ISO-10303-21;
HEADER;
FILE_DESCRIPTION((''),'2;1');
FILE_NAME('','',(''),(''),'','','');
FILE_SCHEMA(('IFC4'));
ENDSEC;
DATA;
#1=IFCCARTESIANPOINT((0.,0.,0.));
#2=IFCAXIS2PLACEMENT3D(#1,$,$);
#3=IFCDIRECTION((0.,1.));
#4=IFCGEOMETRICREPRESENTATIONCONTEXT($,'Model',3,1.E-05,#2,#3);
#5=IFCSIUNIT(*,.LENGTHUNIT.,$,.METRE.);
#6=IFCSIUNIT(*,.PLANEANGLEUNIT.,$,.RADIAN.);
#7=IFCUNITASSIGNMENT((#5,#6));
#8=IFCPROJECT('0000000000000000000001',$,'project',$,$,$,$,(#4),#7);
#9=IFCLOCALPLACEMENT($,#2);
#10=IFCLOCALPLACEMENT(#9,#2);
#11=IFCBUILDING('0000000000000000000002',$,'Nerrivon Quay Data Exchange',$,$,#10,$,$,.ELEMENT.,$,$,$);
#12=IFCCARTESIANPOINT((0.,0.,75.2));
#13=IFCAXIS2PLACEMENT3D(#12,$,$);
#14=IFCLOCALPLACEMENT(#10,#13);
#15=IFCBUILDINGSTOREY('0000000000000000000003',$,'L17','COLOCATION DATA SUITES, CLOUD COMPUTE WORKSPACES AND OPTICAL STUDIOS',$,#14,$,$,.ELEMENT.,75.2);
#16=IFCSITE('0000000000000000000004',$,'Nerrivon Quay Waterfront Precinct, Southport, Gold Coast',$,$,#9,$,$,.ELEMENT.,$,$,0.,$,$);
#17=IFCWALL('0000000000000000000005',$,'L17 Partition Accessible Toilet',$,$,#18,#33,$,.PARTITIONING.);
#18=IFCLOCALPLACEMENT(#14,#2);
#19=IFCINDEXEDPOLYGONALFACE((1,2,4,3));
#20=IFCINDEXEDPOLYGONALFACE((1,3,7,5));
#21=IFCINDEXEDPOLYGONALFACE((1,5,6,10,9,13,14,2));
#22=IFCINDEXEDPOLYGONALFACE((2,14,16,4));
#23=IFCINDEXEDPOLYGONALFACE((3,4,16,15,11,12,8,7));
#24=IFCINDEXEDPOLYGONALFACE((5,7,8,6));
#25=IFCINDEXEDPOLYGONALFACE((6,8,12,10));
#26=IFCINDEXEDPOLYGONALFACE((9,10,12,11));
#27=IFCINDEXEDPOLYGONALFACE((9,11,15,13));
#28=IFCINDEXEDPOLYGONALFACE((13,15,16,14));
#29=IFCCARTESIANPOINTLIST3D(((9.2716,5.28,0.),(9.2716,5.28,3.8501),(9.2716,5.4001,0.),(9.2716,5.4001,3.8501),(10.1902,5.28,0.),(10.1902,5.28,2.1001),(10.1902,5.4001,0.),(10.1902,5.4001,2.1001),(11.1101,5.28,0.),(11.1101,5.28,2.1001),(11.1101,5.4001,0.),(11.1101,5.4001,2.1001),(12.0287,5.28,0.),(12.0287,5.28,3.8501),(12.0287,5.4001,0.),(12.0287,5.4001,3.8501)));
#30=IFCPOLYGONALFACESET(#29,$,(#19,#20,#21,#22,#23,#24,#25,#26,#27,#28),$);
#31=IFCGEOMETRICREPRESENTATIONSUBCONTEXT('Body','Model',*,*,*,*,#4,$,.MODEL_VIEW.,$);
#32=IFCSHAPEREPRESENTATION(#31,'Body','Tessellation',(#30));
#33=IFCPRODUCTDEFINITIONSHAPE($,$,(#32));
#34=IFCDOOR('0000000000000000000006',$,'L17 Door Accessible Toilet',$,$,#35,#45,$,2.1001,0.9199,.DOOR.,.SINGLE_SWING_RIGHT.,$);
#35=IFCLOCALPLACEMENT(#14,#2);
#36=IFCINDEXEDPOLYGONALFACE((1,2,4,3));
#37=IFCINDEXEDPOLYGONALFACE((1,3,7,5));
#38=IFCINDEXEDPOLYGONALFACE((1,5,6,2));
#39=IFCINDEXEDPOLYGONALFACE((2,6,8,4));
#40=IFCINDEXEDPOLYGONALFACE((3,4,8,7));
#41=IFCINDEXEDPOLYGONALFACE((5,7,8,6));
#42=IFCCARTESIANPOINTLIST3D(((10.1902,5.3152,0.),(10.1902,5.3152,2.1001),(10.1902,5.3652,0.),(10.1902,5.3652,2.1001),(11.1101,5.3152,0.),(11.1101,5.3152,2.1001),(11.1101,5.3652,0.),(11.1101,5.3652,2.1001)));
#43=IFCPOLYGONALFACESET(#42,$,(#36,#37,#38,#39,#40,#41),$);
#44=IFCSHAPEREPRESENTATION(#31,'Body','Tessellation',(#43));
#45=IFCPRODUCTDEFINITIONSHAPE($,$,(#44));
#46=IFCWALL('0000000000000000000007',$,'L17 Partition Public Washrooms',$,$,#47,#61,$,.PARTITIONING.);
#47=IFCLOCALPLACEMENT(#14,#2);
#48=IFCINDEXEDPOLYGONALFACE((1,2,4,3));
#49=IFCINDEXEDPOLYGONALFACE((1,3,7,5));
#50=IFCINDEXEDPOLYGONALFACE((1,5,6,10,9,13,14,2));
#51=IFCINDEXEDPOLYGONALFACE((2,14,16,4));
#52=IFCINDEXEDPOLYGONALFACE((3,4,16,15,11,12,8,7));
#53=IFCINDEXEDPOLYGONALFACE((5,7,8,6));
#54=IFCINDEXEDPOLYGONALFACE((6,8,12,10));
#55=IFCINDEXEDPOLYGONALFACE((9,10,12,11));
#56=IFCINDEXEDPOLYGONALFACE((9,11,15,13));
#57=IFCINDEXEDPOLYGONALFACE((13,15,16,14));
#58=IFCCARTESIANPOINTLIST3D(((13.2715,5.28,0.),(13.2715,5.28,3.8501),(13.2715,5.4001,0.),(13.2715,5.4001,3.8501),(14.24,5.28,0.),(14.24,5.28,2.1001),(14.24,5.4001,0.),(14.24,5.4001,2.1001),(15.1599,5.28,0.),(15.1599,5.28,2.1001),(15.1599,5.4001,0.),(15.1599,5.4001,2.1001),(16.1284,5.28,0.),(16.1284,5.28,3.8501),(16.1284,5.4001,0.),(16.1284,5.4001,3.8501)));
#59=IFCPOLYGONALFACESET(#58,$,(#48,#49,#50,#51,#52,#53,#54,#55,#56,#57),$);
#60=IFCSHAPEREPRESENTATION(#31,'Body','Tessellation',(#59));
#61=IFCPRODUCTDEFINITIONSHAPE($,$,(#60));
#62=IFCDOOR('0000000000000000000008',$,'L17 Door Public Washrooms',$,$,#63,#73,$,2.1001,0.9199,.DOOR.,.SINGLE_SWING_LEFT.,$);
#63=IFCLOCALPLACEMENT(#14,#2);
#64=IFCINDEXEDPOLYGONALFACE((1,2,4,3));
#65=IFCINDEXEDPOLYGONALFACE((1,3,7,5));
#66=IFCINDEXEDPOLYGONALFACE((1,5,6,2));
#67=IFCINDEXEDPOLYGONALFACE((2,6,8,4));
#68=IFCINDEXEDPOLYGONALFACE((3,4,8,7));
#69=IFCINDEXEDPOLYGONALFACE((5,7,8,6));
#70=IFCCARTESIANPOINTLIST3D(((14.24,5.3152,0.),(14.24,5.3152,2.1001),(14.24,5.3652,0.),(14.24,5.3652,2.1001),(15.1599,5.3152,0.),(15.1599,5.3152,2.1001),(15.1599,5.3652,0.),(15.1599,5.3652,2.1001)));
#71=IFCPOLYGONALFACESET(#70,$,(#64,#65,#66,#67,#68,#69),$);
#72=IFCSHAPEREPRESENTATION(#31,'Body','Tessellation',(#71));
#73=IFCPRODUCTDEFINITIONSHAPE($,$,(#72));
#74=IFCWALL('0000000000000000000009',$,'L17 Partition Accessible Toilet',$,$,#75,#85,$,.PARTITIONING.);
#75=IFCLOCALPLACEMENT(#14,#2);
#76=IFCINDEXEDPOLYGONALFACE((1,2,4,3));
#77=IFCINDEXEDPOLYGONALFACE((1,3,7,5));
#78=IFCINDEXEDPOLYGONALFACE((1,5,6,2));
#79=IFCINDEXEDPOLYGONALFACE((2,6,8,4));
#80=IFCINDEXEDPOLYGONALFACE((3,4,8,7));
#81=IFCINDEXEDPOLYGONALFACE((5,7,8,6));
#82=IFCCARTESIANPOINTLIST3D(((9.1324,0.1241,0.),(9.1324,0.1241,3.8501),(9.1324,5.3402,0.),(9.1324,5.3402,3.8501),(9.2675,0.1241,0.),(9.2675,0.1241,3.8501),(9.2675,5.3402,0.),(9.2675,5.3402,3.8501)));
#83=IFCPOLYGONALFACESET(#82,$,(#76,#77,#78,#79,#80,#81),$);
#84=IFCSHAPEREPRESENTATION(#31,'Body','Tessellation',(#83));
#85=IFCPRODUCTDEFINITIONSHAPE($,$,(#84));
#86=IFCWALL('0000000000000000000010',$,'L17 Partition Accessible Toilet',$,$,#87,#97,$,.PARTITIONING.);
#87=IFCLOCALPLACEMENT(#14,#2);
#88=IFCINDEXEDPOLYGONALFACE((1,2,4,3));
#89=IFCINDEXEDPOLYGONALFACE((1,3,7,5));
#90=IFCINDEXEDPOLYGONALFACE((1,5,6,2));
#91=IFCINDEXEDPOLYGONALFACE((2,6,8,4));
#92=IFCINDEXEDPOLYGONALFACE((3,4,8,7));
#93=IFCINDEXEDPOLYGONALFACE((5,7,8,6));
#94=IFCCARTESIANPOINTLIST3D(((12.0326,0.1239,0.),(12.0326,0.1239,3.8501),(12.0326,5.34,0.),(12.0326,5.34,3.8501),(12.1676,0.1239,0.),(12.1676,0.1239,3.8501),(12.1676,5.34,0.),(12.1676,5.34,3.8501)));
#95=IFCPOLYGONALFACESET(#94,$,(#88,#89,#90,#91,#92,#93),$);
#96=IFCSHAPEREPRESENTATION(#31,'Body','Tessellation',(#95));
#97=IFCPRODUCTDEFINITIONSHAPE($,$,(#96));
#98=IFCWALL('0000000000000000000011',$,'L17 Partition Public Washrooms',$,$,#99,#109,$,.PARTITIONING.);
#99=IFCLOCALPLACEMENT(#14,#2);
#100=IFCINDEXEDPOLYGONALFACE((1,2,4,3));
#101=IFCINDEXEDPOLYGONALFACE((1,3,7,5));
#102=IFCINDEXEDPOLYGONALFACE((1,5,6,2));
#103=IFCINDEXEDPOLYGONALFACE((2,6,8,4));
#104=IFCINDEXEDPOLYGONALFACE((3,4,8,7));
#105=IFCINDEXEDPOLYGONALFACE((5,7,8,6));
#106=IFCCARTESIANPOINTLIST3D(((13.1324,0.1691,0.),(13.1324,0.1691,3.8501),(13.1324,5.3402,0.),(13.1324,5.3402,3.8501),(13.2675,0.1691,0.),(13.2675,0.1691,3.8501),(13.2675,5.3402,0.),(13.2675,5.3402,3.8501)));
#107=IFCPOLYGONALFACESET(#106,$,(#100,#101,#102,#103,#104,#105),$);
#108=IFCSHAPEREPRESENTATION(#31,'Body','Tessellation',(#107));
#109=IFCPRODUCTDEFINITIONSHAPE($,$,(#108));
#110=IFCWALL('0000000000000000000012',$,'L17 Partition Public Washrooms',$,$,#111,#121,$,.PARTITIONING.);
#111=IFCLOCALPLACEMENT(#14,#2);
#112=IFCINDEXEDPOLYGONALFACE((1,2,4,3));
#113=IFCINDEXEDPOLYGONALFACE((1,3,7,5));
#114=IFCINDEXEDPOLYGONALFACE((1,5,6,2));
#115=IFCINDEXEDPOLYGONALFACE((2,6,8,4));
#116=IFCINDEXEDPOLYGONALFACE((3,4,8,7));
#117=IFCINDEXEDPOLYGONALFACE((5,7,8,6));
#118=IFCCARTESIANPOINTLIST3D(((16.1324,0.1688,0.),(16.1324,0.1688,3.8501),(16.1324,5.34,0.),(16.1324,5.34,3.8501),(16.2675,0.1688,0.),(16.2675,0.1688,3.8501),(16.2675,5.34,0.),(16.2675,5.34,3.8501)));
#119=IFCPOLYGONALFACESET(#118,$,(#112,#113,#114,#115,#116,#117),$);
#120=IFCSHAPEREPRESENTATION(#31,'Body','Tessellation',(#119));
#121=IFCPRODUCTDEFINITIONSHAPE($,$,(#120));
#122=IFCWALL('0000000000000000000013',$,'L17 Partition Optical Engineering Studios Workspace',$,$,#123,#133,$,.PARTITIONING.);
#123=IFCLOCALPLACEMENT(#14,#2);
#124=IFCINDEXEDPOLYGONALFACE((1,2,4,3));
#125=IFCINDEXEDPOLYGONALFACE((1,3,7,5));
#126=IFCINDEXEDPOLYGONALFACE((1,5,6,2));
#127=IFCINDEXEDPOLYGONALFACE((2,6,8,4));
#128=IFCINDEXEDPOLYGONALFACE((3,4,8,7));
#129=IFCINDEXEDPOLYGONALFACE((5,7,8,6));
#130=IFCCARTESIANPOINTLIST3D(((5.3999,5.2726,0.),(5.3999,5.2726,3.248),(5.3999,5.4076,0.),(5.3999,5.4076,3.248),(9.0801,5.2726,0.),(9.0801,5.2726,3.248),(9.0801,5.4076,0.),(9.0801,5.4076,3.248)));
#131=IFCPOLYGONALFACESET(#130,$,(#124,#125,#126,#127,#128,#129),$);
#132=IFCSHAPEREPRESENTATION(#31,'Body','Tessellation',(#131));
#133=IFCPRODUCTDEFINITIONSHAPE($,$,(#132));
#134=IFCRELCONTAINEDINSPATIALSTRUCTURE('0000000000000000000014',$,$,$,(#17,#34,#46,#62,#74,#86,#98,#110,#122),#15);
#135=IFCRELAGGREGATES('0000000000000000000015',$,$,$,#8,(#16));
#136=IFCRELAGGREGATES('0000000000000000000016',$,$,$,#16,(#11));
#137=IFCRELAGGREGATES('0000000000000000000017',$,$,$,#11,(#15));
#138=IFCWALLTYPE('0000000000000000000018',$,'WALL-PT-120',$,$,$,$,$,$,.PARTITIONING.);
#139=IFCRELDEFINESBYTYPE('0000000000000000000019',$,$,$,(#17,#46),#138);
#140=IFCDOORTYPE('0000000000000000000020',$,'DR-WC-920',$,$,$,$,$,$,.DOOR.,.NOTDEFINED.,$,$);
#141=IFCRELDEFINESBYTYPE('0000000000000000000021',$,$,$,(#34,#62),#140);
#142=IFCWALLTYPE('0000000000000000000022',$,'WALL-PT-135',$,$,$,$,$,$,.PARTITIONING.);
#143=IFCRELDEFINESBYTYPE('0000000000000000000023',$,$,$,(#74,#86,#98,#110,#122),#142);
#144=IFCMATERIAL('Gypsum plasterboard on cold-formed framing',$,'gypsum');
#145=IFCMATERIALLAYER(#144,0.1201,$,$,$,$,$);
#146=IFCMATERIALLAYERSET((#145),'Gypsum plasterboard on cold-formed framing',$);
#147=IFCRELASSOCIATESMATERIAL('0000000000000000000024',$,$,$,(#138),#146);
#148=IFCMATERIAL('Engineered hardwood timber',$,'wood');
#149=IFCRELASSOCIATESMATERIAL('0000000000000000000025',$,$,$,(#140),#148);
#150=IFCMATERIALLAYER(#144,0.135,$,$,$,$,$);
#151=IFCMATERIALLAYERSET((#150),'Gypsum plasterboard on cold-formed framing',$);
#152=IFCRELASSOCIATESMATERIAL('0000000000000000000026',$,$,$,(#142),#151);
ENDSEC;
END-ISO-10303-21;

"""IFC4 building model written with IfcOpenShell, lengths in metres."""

from ifc_helpers import new_model, si_unit, direction, frame, frame_2d, origin, place, context, subcontext, project, spatial, rectangle, extrude, material, layer, layer_set, type_object, element, fill, save


model = new_model("IFC4")

# Units and contexts
model_context = context("Model", 3, precision=1e-05, world=origin(), true_north=direction((0.0, 1.0)))
body_context = subcontext(model_context, "Body", "Model", "MODEL_VIEW")
ifc_project = project(units=[si_unit("LENGTHUNIT", "METRE"), si_unit("PLANEANGLEUNIT", "RADIAN")], contexts=[model_context])

# Site, building, storey
site_placement = place(None, origin())
site = spatial("IfcSite", under=ifc_project, at=site_placement, Name="Nerrivon Quay Waterfront Precinct, Southport, Gold Coast", CompositionType="ELEMENT", RefElevation=0.0)
building_placement = place(site_placement, origin())
building = spatial("IfcBuilding", under=site, at=building_placement, Name="Nerrivon Quay Data Exchange", CompositionType="ELEMENT")
storey_placement = place(building_placement, frame((0.0, 0.0, 75.2)))
storey = spatial("IfcBuildingStorey", under=building, at=storey_placement, Name="L17", Description="COLOCATION DATA SUITES, CLOUD COMPUTE WORKSPACES AND OPTICAL STUDIOS", CompositionType="ELEMENT", Elevation=75.2)

# Shared definitions
ifc_material_1 = material(Name="Gypsum plasterboard on cold-formed framing", Category="gypsum")

# Walls, openings, doors
ifc_material_2 = material(Name="Engineered hardwood timber", Category="wood")
ifc_layer_1 = layer(ifc_material_1, 0.1201)
ifc_layer_set_1 = layer_set([ifc_layer_1], Name="Gypsum plasterboard on cold-formed framing")
wall_type_1 = type_object("IfcWallType", Name="WALL-PT-120", PredefinedType="PARTITIONING", material=ifc_layer_set_1)
wall_1_placement = place(storey_placement, frame((12.0286, 5.3401, 0.0), z_axis=(0.0, 0.0, 1.0), x_axis=(-1.0, 0.0, 0.0)))
wall_1 = element("IfcWall", 1, at=wall_1_placement, inside=storey, type_object=wall_type_1, Name="L17 Partition Accessible Toilet", PredefinedType="PARTITIONING", context=body_context, shape_type="SweptSolid", body=[
    extrude(rectangle(XDim=2.7571, YDim=0.1201, at=frame_2d((1.3784, 0.0))), origin(), (0.0, 0.0, 1.0), 3.8501),
])
opening_1_placement = place(wall_1_placement, frame((0.9185, 0.0, 0.0)))
opening_1 = element("IfcOpeningElement", 2, at=opening_1_placement, cuts=wall_1, PredefinedType="OPENING", context=body_context, shape_type="SweptSolid", body=[
    extrude(rectangle(XDim=0.9199, YDim=2.1001, at=frame_2d((0.46, 1.05))), frame((0.0, 0.0701, 0.0), z_axis=(0.0, -1.0, 0.0), x_axis=(1.0, 0.0, 0.0)), (0.0, 0.0, 1.0), 0.1401),
])
door_type_1 = type_object("IfcDoorType", Name="DR-WC-920", OperationType="NOTDEFINED", PredefinedType="DOOR", material=ifc_material_2)
door_1_placement = place(opening_1_placement, origin())
door_1 = element("IfcDoor", 3, at=door_1_placement, inside=storey, type_object=door_type_1, Name="L17 Door Accessible Toilet", OperationType="SINGLE_SWING_RIGHT", OverallHeight=2.1001, OverallWidth=0.9199, PredefinedType="DOOR", context=body_context, shape_type="SweptSolid", body=[
    extrude(rectangle(XDim=0.9199, YDim=2.1001, at=frame_2d((0.46, 1.05))), frame((0.0, 0.0249, 0.0), z_axis=(0.0, -1.0, 0.0), x_axis=(1.0, 0.0, 0.0)), (0.0, 0.0, 1.0), 0.05),
])
fill(opening_1, door_1)
wall_2_placement = place(storey_placement, frame((16.1284, 5.3401, 0.0), z_axis=(0.0, 0.0, 1.0), x_axis=(-1.0, 0.0, 0.0)))
wall_2 = element("IfcWall", 4, at=wall_2_placement, inside=storey, type_object=wall_type_1, Name="L17 Partition Public Washrooms", PredefinedType="PARTITIONING", context=body_context, shape_type="SweptSolid", body=[
    extrude(rectangle(XDim=2.8569, YDim=0.1201, at=frame_2d((1.4285, 0.0))), origin(), (0.0, 0.0, 1.0), 3.8501),
])
opening_2_placement = place(wall_2_placement, frame((0.9685, 0.0, 0.0)))
opening_2 = element("IfcOpeningElement", 5, at=opening_2_placement, cuts=wall_2, PredefinedType="OPENING", context=body_context, shape_type="SweptSolid", body=[
    extrude(rectangle(XDim=0.9199, YDim=2.1001, at=frame_2d((0.46, 1.05))), frame((0.0, 0.0701, 0.0), z_axis=(0.0, -1.0, 0.0), x_axis=(1.0, 0.0, 0.0)), (0.0, 0.0, 1.0), 0.1401),
])
door_2_placement = place(opening_2_placement, origin())
door_2 = element("IfcDoor", 6, at=door_2_placement, inside=storey, type_object=door_type_1, Name="L17 Door Public Washrooms", OperationType="SINGLE_SWING_LEFT", OverallHeight=2.1001, OverallWidth=0.9199, PredefinedType="DOOR", context=body_context, shape_type="SweptSolid", body=[
    extrude(rectangle(XDim=0.9199, YDim=2.1001, at=frame_2d((0.46, 1.05))), frame((0.0, 0.0249, 0.0), z_axis=(0.0, -1.0, 0.0), x_axis=(1.0, 0.0, 0.0)), (0.0, 0.0, 1.0), 0.05),
])
fill(opening_2, door_2)

# Walls
ifc_layer_2 = layer(ifc_material_1, 0.135)
ifc_layer_set_2 = layer_set([ifc_layer_2], Name="Gypsum plasterboard on cold-formed framing")
wall_type_2 = type_object("IfcWallType", Name="WALL-PT-135", PredefinedType="PARTITIONING", material=ifc_layer_set_2)
for number, where, z_axis, x_axis, name in (
    (7, (9.2, 5.3401, 0.0), (0.0, 0.0, 1.0), (0.0, -1.0, 0.0), "L17 Partition Accessible Toilet"),
    (8, (12.1001, 0.124, 0.0), (0.0, 0.0, 1.0), (0.0, 1.0, 0.0), "L17 Partition Accessible Toilet"),
):
    element("IfcWall", number, at=place(storey_placement, frame(where, z_axis=z_axis, x_axis=x_axis)), inside=storey, type_object=wall_type_2, Name=name, PredefinedType="PARTITIONING", context=body_context, shape_type="SweptSolid", body=[
        extrude(rectangle(XDim=5.2161, YDim=0.135, at=frame_2d((2.6079, 0.0))), origin(), (0.0, 0.0, 1.0), 3.8501),
    ])
for number, where, z_axis, x_axis, name in (
    (9, (13.2, 5.3401, 0.0), (0.0, 0.0, 1.0), (0.0, -1.0, 0.0), "L17 Partition Public Washrooms"),
    (10, (16.2, 0.1689, 0.0), (0.0, 0.0, 1.0), (0.0, 1.0, 0.0), "L17 Partition Public Washrooms"),
):
    element("IfcWall", number, at=place(storey_placement, frame(where, z_axis=z_axis, x_axis=x_axis)), inside=storey, type_object=wall_type_2, Name=name, PredefinedType="PARTITIONING", context=body_context, shape_type="SweptSolid", body=[
        extrude(rectangle(XDim=5.1711, YDim=0.135, at=frame_2d((2.5854, 0.0))), origin(), (0.0, 0.0, 1.0), 3.8501),
    ])
wall_3_placement = place(storey_placement, frame((9.0801, 5.3401, 0.0), z_axis=(0.0, 0.0, 1.0), x_axis=(-1.0, 0.0, 0.0)))
element("IfcWall", 11, at=wall_3_placement, inside=storey, type_object=wall_type_2, Name="L17 Partition Optical Engineering Studios Workspace", PredefinedType="PARTITIONING", context=body_context, shape_type="SweptSolid", body=[
    extrude(rectangle(XDim=3.6802, YDim=0.135, at=frame_2d((1.8401, 0.0))), origin(), (0.0, 0.0, 1.0), 3.248),
])

save(model, "model.ifc")
